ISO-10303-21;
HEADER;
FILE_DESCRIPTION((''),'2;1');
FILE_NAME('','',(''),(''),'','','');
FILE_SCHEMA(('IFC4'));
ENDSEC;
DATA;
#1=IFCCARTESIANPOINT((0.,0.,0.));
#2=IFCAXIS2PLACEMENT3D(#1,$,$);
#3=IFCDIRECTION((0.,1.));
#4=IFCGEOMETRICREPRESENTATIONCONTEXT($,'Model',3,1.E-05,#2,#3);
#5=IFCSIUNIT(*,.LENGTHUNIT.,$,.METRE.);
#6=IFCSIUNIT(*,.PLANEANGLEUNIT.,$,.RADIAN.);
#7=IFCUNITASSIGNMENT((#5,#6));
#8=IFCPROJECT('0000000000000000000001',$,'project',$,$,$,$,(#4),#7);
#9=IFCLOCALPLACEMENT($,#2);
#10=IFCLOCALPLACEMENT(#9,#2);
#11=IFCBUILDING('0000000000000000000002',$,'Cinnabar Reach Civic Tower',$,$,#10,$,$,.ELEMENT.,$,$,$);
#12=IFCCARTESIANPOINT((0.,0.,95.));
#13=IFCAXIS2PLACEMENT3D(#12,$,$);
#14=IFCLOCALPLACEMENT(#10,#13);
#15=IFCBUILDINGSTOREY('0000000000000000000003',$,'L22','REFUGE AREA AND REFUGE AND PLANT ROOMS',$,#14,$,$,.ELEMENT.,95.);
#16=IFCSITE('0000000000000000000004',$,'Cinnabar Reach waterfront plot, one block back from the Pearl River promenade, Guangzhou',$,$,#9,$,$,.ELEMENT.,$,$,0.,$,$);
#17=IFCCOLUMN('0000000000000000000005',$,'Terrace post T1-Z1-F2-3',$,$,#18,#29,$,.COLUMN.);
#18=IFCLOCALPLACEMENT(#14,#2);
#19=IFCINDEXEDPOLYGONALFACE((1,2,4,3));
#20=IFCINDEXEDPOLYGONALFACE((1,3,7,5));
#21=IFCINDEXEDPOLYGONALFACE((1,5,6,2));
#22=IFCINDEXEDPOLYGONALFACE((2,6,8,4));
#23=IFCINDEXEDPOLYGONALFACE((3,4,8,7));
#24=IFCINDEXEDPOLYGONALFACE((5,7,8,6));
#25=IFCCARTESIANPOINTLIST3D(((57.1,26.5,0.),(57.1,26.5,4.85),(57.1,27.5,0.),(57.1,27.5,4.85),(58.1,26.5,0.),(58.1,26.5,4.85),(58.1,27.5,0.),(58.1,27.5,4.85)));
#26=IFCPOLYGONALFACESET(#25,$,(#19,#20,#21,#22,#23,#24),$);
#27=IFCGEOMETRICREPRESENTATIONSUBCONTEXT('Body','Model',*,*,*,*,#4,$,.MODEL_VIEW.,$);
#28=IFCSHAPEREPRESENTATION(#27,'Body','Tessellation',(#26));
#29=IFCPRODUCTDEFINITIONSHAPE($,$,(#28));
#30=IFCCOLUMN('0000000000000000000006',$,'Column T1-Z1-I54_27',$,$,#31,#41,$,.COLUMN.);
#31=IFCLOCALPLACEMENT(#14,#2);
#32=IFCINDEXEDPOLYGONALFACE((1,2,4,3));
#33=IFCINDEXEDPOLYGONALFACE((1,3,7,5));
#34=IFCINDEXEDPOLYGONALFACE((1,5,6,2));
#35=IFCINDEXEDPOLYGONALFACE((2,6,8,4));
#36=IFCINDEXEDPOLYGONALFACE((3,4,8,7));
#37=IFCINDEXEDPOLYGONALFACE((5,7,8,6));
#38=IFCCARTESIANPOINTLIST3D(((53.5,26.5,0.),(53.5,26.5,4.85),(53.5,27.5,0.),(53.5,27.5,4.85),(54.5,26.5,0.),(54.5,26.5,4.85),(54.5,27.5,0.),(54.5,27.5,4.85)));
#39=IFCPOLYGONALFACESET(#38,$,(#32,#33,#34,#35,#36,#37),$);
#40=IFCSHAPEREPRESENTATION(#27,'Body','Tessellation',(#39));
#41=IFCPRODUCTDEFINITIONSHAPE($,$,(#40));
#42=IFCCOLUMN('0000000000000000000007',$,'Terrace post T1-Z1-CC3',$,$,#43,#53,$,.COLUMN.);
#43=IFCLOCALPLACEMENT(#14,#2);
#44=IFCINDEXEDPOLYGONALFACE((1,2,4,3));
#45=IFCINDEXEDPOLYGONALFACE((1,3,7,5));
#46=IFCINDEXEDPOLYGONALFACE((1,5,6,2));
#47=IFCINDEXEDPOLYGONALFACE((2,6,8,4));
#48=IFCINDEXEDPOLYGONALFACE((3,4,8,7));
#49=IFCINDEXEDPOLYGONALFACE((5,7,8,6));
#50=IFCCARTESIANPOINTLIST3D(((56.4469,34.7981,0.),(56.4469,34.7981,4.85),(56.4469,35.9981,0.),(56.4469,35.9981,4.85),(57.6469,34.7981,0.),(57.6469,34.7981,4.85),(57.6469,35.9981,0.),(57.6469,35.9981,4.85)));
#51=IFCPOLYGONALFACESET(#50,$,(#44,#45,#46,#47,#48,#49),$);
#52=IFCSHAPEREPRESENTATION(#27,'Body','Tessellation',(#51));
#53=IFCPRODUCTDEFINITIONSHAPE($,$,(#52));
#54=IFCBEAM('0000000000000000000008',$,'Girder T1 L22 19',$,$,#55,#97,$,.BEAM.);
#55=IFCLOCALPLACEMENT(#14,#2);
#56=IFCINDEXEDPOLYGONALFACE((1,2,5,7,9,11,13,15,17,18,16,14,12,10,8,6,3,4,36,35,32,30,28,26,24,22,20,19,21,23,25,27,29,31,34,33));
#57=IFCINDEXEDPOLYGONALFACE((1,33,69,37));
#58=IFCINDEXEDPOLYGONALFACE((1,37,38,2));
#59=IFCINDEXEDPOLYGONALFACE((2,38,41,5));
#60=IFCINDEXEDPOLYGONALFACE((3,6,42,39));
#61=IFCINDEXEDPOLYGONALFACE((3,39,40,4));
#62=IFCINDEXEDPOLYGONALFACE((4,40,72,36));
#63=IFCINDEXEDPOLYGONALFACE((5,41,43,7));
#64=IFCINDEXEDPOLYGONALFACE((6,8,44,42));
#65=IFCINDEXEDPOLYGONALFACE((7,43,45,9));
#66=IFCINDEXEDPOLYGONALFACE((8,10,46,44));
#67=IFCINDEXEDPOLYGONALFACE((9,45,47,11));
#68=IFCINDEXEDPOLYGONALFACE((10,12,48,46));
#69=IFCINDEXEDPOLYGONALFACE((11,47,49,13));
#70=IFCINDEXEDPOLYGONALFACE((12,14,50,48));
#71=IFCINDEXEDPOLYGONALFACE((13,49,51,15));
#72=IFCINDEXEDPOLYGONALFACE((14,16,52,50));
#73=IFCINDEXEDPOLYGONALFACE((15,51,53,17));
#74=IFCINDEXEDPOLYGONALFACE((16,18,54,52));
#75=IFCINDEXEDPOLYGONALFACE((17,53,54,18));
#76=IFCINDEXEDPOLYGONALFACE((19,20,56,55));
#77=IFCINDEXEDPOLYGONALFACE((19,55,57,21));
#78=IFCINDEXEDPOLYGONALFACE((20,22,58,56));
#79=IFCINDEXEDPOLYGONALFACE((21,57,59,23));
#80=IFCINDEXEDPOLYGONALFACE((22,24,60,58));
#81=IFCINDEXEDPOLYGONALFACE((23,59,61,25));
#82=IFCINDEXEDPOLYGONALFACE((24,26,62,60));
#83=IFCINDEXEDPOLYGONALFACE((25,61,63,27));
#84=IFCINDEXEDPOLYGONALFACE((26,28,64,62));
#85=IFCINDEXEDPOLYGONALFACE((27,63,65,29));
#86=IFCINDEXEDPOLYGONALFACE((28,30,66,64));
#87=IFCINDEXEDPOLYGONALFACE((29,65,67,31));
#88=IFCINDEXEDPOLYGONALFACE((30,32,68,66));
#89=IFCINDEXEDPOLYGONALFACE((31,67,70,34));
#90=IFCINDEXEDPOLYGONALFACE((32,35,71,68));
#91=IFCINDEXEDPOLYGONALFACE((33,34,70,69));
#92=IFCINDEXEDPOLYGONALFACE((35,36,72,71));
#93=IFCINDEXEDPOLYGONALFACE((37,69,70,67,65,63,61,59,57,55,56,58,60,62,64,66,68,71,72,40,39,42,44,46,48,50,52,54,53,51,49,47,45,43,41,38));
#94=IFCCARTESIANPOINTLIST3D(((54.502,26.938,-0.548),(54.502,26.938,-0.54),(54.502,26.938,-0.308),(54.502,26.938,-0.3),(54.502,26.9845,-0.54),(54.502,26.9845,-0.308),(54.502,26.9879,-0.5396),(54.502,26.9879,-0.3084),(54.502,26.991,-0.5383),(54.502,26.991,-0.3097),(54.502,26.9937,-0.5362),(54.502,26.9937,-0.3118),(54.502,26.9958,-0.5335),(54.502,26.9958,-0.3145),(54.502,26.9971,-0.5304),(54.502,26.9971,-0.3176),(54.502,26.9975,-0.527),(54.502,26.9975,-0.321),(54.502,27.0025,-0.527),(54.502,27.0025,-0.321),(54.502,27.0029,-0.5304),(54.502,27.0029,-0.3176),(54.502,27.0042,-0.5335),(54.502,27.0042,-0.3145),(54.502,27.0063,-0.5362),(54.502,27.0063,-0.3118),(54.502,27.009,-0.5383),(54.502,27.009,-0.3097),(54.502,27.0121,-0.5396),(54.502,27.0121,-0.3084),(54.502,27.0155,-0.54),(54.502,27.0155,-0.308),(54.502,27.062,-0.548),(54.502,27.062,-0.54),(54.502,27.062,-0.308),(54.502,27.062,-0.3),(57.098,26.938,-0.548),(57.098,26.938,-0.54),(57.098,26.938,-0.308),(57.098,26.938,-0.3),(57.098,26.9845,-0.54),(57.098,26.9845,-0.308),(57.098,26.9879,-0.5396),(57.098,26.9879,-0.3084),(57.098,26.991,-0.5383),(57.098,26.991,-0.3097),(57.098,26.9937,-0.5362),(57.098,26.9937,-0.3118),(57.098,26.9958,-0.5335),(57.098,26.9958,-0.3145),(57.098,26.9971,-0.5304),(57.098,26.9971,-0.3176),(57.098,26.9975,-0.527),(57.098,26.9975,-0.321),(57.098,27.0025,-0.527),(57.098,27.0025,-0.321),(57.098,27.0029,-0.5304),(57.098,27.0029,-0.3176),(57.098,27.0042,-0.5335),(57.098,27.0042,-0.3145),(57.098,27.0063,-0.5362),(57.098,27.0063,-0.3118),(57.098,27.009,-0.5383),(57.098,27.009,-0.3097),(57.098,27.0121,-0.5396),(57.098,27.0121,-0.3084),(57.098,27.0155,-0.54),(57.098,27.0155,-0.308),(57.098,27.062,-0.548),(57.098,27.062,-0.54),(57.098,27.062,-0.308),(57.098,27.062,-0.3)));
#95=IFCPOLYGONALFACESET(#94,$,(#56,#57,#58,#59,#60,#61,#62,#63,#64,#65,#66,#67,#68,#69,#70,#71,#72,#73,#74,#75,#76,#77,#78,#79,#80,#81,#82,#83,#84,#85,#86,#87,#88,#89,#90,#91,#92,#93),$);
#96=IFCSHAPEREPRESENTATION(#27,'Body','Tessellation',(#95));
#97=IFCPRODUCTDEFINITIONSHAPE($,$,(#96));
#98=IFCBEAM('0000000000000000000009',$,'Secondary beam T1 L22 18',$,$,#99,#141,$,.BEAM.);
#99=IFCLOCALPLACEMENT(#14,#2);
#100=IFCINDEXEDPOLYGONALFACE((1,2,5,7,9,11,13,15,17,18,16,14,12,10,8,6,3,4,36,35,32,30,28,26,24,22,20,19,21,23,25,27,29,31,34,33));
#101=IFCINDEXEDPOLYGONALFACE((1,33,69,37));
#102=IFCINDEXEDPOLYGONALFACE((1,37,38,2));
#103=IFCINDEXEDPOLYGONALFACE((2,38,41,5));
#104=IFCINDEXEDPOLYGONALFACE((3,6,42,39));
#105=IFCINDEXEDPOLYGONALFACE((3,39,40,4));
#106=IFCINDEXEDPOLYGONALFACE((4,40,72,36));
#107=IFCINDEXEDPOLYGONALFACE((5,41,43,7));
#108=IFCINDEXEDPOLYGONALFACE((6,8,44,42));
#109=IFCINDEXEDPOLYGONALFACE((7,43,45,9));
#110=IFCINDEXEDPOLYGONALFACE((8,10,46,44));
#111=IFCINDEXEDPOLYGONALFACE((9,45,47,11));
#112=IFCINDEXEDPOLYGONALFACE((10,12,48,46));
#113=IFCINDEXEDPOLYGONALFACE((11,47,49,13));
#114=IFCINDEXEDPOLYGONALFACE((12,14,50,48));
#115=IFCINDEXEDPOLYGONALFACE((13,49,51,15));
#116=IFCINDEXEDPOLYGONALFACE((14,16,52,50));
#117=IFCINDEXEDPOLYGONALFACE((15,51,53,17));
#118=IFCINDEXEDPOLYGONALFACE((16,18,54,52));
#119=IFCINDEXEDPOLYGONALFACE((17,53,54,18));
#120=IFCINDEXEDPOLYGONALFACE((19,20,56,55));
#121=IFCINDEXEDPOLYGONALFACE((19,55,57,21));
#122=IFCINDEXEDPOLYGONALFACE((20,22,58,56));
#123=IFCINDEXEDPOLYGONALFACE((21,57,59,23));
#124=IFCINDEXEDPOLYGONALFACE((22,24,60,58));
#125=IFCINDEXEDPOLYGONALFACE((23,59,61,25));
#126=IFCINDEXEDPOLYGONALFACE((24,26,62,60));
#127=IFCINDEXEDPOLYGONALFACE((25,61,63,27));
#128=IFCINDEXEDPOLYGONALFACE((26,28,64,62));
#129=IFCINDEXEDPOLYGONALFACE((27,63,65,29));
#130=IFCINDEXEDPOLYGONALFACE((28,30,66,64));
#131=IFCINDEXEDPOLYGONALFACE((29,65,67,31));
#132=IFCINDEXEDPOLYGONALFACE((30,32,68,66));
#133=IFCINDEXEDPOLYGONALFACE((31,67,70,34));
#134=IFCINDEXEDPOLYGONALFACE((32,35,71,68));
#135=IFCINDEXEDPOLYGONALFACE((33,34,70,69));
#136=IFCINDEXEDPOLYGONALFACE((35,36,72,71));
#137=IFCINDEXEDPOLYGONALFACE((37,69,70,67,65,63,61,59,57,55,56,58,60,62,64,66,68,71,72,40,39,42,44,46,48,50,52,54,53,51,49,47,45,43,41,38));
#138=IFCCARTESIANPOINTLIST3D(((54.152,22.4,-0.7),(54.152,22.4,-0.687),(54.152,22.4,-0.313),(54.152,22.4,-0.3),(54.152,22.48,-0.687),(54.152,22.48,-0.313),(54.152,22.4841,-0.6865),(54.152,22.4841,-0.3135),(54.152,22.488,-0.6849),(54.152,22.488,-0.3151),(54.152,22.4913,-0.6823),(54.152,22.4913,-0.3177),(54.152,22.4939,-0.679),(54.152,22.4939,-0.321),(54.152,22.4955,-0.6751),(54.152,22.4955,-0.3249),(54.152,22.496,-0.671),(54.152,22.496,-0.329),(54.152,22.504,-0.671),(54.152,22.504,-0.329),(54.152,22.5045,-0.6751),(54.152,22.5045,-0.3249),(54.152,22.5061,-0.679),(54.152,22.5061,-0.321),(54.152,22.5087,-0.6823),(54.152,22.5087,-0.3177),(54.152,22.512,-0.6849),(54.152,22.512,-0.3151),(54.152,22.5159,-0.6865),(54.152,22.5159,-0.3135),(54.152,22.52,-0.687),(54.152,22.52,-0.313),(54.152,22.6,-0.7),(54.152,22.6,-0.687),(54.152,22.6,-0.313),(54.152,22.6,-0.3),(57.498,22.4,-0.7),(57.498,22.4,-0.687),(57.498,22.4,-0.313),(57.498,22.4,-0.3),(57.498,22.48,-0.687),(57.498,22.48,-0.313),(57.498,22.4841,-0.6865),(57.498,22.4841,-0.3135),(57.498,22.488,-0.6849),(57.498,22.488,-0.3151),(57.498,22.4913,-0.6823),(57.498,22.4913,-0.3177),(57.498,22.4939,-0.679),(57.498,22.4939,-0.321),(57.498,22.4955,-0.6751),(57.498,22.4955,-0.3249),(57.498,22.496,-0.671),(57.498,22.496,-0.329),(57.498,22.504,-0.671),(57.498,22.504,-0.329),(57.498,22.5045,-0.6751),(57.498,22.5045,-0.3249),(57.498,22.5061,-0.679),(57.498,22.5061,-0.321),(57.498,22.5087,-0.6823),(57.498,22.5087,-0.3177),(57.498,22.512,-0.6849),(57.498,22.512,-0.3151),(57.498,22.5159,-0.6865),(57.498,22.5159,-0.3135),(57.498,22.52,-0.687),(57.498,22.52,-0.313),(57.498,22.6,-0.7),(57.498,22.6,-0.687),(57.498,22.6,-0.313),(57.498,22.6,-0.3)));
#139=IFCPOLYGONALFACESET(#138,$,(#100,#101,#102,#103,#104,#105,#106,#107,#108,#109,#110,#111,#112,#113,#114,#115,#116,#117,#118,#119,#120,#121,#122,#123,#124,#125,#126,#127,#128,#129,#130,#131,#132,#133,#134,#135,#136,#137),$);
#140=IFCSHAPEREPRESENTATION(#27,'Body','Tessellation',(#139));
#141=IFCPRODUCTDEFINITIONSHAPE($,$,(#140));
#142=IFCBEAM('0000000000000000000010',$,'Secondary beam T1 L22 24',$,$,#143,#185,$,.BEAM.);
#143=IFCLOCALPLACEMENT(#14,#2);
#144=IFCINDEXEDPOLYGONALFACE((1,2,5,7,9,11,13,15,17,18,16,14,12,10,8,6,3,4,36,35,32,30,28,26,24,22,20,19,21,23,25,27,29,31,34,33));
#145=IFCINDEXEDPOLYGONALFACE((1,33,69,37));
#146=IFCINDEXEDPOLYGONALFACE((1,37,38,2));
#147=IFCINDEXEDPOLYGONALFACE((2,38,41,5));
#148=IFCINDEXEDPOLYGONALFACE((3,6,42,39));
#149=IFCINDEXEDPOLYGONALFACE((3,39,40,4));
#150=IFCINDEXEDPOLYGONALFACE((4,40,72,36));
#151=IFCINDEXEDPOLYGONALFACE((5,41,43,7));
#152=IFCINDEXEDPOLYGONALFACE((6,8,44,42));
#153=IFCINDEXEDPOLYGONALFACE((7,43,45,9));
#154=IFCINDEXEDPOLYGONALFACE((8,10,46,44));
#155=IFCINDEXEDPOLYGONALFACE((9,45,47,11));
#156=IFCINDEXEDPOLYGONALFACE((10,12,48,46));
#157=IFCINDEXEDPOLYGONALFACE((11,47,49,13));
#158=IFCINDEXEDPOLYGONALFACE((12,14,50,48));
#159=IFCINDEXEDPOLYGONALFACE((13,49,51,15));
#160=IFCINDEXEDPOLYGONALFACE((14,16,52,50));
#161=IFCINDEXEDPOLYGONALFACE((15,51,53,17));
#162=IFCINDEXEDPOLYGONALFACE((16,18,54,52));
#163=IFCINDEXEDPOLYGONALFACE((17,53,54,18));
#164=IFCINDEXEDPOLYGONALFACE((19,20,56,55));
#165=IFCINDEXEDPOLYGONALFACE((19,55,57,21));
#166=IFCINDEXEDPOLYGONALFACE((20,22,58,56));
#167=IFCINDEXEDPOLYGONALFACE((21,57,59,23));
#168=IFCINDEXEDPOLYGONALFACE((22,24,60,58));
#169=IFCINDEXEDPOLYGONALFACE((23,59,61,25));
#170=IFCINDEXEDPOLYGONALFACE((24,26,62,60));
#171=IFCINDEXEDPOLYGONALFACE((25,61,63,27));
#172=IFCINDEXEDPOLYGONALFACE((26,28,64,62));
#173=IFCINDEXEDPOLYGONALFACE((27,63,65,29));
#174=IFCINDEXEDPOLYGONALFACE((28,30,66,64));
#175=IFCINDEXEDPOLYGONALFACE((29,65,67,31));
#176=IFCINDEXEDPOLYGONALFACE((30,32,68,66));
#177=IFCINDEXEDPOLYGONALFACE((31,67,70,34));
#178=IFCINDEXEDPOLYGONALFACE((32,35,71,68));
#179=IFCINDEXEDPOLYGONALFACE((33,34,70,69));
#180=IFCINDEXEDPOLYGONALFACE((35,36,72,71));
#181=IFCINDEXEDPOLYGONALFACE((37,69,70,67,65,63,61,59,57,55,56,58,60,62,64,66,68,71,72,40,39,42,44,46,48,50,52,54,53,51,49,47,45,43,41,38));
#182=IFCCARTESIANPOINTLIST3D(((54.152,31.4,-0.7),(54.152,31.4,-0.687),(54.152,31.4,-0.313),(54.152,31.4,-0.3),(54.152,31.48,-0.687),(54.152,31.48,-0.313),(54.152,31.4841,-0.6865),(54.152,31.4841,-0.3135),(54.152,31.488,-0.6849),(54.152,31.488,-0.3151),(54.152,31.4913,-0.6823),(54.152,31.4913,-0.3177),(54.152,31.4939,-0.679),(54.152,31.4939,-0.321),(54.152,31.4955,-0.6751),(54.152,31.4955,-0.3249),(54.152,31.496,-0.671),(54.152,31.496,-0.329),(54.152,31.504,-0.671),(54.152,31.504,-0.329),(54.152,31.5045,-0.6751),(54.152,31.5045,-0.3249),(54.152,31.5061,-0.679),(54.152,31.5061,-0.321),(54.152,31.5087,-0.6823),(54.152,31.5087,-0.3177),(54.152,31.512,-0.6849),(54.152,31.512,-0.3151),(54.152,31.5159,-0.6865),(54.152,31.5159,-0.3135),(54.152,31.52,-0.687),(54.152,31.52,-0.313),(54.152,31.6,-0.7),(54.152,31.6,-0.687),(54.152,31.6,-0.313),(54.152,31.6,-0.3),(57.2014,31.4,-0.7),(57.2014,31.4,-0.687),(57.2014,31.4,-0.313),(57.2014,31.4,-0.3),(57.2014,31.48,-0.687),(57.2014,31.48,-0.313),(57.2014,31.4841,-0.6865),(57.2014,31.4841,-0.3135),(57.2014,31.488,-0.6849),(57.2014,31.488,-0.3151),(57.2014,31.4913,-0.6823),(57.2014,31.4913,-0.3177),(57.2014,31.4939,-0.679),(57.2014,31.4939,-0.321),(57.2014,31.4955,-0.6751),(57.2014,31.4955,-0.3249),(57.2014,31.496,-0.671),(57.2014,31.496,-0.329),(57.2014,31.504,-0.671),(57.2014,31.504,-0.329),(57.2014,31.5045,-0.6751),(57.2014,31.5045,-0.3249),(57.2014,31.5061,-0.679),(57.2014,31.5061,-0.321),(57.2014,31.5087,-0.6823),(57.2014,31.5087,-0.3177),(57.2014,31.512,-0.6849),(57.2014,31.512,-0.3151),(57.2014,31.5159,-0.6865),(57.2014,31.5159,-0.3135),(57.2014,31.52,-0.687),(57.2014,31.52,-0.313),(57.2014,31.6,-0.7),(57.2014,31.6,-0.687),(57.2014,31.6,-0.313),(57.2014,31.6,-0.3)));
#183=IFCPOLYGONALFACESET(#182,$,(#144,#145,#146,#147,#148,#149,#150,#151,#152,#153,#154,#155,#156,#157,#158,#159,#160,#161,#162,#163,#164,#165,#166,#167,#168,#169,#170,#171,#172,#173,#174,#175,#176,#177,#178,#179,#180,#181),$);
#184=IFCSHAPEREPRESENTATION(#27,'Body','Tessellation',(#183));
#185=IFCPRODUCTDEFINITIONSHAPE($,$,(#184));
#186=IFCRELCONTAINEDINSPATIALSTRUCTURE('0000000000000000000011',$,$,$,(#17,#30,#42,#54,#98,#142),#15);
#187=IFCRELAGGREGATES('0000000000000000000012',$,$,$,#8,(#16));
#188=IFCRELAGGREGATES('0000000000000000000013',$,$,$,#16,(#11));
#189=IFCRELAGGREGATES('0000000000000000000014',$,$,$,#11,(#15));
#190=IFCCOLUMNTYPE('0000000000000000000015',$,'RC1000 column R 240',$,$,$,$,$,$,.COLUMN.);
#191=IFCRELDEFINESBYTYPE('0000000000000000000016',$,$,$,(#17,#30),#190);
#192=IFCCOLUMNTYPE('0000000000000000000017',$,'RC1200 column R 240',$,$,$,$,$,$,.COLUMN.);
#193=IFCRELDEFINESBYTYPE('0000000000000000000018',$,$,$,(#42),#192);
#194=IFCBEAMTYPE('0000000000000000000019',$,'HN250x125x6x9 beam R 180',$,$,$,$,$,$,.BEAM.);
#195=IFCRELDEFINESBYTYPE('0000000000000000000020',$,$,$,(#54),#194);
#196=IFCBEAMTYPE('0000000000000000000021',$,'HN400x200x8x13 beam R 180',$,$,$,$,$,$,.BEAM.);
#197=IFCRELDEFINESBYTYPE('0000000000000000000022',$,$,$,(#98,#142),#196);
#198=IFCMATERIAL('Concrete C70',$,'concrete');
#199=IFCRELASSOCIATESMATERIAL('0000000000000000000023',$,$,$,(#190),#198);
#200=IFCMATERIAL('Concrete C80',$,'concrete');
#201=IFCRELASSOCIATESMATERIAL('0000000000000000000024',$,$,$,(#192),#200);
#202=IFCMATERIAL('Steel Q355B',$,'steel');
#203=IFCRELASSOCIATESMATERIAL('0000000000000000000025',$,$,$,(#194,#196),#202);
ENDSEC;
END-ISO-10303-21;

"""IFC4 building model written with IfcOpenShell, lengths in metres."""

from ifc_helpers import new_model, si_unit, direction, frame, origin, origin_2d, place, context, subcontext, project, spatial, rectangle, i_section, extrude, material, material_profile, profile_set, type_object, element, save


model = new_model("IFC4")

# Units and contexts
model_context = context("Model", 3, precision=1e-05, world=origin(), true_north=direction((0.0, 1.0)))
body_context = subcontext(model_context, "Body", "Model", "MODEL_VIEW")
ifc_project = project(units=[si_unit("LENGTHUNIT", "METRE"), si_unit("PLANEANGLEUNIT", "RADIAN")], contexts=[model_context])

# Site, building, storey
site_placement = place(None, origin())
site = spatial("IfcSite", under=ifc_project, at=site_placement, Name="Cinnabar Reach waterfront plot, one block back from the Pearl River promenade, Guangzhou", CompositionType="ELEMENT", RefElevation=0.0)
building_placement = place(site_placement, origin())
building = spatial("IfcBuilding", under=site, at=building_placement, Name="Cinnabar Reach Civic Tower", CompositionType="ELEMENT")
storey_placement = place(building_placement, frame((0.0, 0.0, 95.0)))
storey = spatial("IfcBuildingStorey", under=building, at=storey_placement, Name="L22", Description="REFUGE AREA AND REFUGE AND PLANT ROOMS", CompositionType="ELEMENT", Elevation=95.0)

# Columns
ifc_material_1 = material(Name="Concrete C70", Category="concrete")
ifc_material_profile_1 = material_profile(ifc_material_1, rectangle(XDim=1.0, YDim=1.0, at=origin_2d()), Name="RC1000")
ifc_profile_set_1 = profile_set([ifc_material_profile_1], Name="Concrete C70")
column_type_1 = type_object("IfcColumnType", Name="RC1000 column R 240", PredefinedType="COLUMN", material=ifc_profile_set_1)
for number, where, z_axis, x_axis, name in (
    (1, (57.6, 27.0, 0.0), (0.0, 0.0, 1.0), (1.0, 0.0, 0.0), "Terrace post T1-Z1-F2-3"),
    (2, (54.0, 27.0, 0.0), (0.0, 0.0, 1.0), (1.0, 0.0, 0.0), "Column T1-Z1-I54_27"),
):
    element("IfcColumn", number, at=place(storey_placement, frame(where, z_axis=z_axis, x_axis=x_axis)), inside=storey, type_object=column_type_1, Name=name, PredefinedType="COLUMN", context=body_context, shape_type="SweptSolid", body=[
        extrude(rectangle(XDim=1.0, YDim=1.0, at=origin_2d()), origin(), (0.0, 0.0, 1.0), 4.85),
    ])
ifc_material_2 = material(Name="Concrete C80", Category="concrete")
ifc_material_profile_2 = material_profile(ifc_material_2, rectangle(XDim=1.2, YDim=1.2, at=origin_2d()), Name="RC1200")
ifc_profile_set_2 = profile_set([ifc_material_profile_2], Name="Concrete C80")
column_type_2 = type_object("IfcColumnType", Name="RC1200 column R 240", PredefinedType="COLUMN", material=ifc_profile_set_2)
column_placement = place(storey_placement, frame((57.0469, 35.3981, 0.0), z_axis=(0.0, 0.0, 1.0), x_axis=(1.0, 0.0, 0.0)))
element("IfcColumn", 3, at=column_placement, inside=storey, type_object=column_type_2, Name="Terrace post T1-Z1-CC3", PredefinedType="COLUMN", context=body_context, shape_type="SweptSolid", body=[
    extrude(rectangle(XDim=1.2, YDim=1.2, at=origin_2d()), origin(), (0.0, 0.0, 1.0), 4.85),
])

# Beams
ifc_material_3 = material(Name="Steel Q355B", Category="steel")
ifc_material_profile_3 = material_profile(ifc_material_3, i_section(OverallWidth=0.124, OverallDepth=0.248, WebThickness=0.005, FlangeThickness=0.008, FilletRadius=0.013, at=origin_2d()), Name="HN250x125x6x9")
ifc_profile_set_3 = profile_set([ifc_material_profile_3], Name="Steel Q355B")
beam_type_1 = type_object("IfcBeamType", Name="HN250x125x6x9 beam R 180", PredefinedType="BEAM", material=ifc_profile_set_3)
beam_1_placement = place(storey_placement, frame((54.502, 27.0, -0.424), z_axis=(1.0, 0.0, 0.0), x_axis=(0.0, 1.0, 0.0)))
element("IfcBeam", 4, at=beam_1_placement, inside=storey, type_object=beam_type_1, Name="Girder T1 L22 19", PredefinedType="BEAM", context=body_context, shape_type="SweptSolid", body=[
    extrude(i_section(OverallWidth=0.124, OverallDepth=0.248, WebThickness=0.005, FlangeThickness=0.008, FilletRadius=0.013, at=origin_2d()), origin(), (0.0, 0.0, 1.0), 2.596),
])
ifc_material_profile_4 = material_profile(ifc_material_3, i_section(OverallWidth=0.2, OverallDepth=0.4, WebThickness=0.008, FlangeThickness=0.013, FilletRadius=0.016, at=origin_2d()), Name="HN400x200x8x13")
ifc_profile_set_4 = profile_set([ifc_material_profile_4], Name="Steel Q355B")
beam_type_2 = type_object("IfcBeamType", Name="HN400x200x8x13 beam R 180", PredefinedType="BEAM", material=ifc_profile_set_4)
beam_2_placement = place(storey_placement, frame((54.152, 22.5, -0.5), z_axis=(1.0, 0.0, 0.0), x_axis=(0.0, 1.0, 0.0)))
element("IfcBeam", 5, at=beam_2_placement, inside=storey, type_object=beam_type_2, Name="Secondary beam T1 L22 18", PredefinedType="BEAM", context=body_context, shape_type="SweptSolid", body=[
    extrude(i_section(OverallWidth=0.2, OverallDepth=0.4, WebThickness=0.008, FlangeThickness=0.013, FilletRadius=0.016, at=origin_2d()), origin(), (0.0, 0.0, 1.0), 3.346),
])
beam_3_placement = place(storey_placement, frame((54.152, 31.5, -0.5), z_axis=(1.0, 0.0, 0.0), x_axis=(0.0, 1.0, 0.0)))
element("IfcBeam", 6, at=beam_3_placement, inside=storey, type_object=beam_type_2, Name="Secondary beam T1 L22 24", PredefinedType="BEAM", context=body_context, shape_type="SweptSolid", body=[
    extrude(i_section(OverallWidth=0.2, OverallDepth=0.4, WebThickness=0.008, FlangeThickness=0.013, FilletRadius=0.016, at=origin_2d()), origin(), (0.0, 0.0, 1.0), 3.0494),
])

save(model, "model.ifc")
